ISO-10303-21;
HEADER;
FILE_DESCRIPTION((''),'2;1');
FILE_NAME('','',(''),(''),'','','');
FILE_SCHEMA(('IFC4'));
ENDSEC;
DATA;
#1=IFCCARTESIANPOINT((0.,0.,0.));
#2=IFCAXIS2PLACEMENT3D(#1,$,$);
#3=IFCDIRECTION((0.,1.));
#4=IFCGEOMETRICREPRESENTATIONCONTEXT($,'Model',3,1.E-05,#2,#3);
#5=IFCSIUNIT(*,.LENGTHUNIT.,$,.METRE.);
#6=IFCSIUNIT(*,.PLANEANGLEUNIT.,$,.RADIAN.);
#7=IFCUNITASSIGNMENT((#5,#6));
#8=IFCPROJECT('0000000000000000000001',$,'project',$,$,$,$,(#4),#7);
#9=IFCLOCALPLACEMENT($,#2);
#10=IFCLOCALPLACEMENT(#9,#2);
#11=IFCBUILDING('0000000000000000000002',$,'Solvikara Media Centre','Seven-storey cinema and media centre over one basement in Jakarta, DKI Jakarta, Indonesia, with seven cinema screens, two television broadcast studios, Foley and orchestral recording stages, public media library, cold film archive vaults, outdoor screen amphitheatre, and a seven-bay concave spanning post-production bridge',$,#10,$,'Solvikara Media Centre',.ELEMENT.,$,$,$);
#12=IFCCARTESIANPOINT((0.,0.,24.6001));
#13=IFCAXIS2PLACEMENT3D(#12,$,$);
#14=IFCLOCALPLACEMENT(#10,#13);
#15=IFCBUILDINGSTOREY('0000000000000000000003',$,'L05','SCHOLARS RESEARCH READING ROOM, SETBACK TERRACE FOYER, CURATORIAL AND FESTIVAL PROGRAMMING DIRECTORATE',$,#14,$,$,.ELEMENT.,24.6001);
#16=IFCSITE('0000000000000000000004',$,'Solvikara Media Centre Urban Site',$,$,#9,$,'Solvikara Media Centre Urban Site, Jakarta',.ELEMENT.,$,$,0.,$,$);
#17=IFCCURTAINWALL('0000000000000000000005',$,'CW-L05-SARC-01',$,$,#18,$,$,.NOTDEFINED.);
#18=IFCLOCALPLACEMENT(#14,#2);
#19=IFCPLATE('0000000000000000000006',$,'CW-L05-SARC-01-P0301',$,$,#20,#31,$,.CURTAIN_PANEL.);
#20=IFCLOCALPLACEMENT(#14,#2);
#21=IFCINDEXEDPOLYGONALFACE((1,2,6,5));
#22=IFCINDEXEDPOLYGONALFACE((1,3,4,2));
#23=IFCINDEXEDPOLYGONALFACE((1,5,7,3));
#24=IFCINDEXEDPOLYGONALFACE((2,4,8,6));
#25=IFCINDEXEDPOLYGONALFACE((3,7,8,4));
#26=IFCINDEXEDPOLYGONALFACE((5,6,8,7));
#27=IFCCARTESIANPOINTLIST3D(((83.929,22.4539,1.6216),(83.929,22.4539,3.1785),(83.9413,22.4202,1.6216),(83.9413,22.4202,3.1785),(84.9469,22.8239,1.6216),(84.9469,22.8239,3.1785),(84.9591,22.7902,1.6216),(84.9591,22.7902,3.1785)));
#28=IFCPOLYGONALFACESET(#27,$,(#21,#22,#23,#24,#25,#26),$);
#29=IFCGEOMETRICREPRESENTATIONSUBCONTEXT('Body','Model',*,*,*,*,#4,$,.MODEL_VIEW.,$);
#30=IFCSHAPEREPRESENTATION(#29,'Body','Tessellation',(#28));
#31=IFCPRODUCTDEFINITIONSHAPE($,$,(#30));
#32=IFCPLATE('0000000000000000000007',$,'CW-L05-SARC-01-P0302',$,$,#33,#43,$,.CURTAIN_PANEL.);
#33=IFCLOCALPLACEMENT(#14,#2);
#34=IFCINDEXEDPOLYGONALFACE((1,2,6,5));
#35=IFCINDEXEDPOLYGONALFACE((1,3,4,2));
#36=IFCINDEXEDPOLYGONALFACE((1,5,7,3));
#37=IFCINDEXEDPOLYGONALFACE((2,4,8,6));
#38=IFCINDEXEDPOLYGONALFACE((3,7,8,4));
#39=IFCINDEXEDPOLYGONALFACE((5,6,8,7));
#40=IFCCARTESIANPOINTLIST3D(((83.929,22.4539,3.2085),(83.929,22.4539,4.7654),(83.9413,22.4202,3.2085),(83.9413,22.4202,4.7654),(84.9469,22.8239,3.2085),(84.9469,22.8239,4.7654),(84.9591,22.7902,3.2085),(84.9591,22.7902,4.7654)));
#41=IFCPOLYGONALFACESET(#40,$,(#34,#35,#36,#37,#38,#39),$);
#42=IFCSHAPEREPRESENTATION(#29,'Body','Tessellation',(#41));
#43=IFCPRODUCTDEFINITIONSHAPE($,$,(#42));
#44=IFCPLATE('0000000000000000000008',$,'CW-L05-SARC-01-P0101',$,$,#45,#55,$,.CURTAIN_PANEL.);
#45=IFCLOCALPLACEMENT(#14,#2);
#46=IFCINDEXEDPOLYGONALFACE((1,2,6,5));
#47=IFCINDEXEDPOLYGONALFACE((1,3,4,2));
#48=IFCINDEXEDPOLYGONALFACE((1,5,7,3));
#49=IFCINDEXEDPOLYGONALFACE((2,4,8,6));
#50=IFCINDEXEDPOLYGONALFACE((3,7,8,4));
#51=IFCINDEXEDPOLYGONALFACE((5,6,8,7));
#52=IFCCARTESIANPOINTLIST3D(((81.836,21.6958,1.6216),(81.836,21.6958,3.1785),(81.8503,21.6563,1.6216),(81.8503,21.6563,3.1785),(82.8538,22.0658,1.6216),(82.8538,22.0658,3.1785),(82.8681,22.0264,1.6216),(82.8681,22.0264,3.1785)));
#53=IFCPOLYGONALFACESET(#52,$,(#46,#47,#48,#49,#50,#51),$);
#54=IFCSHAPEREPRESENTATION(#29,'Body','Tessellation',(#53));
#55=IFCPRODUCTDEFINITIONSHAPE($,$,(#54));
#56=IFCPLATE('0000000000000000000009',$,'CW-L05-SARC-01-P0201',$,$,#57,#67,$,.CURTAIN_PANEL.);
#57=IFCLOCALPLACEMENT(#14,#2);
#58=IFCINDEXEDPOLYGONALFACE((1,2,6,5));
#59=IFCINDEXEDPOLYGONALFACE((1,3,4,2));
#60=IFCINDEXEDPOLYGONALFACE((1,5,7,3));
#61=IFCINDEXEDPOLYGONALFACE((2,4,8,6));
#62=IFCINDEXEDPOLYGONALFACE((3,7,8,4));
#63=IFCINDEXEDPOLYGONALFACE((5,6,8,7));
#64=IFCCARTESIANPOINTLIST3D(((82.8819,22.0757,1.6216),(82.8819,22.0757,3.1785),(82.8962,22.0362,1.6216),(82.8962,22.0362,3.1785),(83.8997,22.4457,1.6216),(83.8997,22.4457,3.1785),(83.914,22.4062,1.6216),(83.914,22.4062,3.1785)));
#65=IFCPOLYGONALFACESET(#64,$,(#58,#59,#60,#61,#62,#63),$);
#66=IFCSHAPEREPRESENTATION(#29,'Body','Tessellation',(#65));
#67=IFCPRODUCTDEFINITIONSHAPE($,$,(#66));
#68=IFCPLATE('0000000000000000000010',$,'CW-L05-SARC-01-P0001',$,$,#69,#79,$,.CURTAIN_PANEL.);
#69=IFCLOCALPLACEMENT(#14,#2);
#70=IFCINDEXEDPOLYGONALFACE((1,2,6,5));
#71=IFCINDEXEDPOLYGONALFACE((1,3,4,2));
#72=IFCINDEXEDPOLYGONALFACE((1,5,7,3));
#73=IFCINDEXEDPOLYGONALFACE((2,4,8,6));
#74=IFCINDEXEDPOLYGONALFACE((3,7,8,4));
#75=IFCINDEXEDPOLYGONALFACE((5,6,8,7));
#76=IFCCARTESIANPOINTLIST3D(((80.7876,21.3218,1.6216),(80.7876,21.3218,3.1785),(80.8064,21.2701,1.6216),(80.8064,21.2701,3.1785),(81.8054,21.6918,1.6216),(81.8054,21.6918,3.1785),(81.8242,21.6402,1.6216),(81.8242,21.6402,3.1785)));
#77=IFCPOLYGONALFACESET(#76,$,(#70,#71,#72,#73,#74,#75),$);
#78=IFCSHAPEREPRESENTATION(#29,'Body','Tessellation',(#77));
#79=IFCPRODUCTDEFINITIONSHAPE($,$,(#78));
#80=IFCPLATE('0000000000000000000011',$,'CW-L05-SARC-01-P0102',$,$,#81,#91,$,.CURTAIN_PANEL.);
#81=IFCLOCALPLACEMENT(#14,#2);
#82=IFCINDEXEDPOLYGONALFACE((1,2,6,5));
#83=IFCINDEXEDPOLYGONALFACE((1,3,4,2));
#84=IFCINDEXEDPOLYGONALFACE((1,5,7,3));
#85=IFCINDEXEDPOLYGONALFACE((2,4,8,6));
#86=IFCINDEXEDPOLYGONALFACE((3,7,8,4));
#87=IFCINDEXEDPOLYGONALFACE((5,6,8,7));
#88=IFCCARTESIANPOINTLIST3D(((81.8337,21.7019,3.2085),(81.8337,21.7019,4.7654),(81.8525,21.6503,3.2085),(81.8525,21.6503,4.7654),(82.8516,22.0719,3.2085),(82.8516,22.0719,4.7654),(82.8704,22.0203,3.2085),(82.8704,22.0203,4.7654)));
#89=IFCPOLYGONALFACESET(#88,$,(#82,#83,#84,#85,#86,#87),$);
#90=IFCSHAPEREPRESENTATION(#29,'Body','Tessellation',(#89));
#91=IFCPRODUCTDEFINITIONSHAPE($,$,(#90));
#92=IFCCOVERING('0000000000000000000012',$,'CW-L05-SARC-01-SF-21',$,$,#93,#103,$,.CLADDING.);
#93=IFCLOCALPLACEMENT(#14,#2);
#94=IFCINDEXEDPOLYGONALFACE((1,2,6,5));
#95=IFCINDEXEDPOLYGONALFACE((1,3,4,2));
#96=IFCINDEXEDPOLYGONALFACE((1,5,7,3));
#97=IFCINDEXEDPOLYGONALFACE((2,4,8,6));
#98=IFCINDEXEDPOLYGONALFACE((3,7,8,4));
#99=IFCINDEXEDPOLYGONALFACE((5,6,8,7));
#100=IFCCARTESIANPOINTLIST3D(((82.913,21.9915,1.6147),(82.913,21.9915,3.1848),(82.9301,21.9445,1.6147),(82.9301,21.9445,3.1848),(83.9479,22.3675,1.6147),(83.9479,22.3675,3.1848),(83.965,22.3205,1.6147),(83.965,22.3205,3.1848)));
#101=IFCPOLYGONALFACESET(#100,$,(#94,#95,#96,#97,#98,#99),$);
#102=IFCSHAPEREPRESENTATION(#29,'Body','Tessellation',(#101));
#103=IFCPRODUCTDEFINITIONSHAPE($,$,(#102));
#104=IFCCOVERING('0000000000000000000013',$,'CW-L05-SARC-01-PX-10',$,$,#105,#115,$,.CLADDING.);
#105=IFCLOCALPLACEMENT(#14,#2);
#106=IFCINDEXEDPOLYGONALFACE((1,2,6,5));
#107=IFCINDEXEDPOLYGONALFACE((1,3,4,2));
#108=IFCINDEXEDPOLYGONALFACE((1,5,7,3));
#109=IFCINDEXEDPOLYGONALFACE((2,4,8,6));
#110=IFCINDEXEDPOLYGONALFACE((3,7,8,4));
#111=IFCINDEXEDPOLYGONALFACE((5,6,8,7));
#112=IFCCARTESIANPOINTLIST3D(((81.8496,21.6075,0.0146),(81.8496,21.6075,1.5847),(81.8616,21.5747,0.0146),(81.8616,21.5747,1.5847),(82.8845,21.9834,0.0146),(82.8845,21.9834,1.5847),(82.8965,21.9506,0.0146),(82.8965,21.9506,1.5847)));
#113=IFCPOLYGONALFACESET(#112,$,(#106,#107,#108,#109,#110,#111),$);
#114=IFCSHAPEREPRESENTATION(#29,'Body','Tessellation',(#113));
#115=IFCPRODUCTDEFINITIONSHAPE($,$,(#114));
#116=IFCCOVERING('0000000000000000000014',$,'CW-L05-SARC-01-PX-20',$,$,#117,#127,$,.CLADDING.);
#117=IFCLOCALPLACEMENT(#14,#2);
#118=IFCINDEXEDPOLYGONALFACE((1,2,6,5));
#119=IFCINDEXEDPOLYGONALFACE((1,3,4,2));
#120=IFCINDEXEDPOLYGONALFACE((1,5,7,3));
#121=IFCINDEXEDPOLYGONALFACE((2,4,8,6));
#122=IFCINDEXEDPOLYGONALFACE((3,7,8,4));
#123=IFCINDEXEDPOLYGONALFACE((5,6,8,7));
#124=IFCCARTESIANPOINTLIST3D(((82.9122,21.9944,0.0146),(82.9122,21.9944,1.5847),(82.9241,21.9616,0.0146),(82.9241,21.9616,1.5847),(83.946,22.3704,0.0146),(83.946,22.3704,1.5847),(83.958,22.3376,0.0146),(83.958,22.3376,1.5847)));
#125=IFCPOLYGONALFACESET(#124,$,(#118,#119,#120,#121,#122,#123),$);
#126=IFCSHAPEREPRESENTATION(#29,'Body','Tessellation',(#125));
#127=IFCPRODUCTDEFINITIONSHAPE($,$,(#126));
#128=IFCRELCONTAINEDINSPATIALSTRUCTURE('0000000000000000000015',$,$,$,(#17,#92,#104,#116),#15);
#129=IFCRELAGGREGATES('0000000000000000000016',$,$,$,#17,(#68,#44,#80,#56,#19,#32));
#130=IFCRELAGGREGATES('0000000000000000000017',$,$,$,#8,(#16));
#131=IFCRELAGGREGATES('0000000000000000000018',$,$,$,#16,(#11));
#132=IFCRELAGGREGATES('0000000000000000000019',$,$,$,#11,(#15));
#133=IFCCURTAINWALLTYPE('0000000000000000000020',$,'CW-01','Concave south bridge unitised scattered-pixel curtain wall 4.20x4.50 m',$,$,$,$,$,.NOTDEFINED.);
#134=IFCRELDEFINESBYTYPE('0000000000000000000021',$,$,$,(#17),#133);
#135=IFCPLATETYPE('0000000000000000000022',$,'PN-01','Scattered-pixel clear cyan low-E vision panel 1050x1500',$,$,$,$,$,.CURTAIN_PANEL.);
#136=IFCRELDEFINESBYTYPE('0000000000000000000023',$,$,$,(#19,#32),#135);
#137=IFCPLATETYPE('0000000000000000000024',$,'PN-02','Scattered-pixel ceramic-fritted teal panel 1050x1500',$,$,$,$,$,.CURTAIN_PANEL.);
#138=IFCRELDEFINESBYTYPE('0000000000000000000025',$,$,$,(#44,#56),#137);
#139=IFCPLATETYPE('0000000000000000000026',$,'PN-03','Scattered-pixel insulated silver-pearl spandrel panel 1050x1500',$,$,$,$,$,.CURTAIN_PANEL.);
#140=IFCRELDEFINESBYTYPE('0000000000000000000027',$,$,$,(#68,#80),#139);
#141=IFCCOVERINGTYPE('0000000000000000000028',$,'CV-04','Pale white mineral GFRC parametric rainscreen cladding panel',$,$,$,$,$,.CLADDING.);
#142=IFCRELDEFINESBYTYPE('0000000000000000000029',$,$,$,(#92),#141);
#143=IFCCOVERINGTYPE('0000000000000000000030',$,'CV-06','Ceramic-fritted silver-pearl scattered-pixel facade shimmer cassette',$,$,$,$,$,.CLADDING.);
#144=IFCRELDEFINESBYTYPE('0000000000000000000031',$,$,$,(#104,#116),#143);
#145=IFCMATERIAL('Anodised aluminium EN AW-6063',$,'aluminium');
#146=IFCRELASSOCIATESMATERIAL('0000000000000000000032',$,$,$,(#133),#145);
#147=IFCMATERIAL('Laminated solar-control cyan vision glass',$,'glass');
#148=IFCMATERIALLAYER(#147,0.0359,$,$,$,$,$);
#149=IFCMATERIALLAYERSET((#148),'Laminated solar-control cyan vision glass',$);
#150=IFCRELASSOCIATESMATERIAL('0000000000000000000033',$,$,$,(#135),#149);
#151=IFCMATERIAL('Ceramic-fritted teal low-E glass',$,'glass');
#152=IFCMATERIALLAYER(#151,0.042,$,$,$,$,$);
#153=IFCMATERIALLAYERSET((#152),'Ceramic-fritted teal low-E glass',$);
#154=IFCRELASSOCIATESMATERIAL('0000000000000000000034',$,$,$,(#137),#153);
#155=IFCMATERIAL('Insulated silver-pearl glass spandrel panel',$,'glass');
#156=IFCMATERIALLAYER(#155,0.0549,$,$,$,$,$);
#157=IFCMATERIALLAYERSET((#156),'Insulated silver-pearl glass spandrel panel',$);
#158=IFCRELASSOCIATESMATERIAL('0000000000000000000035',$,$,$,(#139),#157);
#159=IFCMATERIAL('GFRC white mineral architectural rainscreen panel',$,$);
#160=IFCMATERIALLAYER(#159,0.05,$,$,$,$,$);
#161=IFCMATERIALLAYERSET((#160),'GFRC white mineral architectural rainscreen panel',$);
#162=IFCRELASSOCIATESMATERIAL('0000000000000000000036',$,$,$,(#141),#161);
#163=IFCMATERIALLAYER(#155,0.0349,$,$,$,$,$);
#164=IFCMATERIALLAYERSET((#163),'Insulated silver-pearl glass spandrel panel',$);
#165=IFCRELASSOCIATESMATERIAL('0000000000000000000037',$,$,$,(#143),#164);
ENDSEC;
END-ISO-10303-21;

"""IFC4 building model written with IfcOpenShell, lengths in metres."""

from ifc_helpers import new_model, si_unit, direction, frame, origin, origin_2d, place, context, subcontext, project, spatial, rectangle, extrude, material, layer, layer_set, type_object, element, aggregate, save


model = new_model("IFC4")

# Units and contexts
model_context = context("Model", 3, precision=1e-05, world=origin(), true_north=direction((0.0, 1.0)))
body_context = subcontext(model_context, "Body", "Model", "MODEL_VIEW")
ifc_project = project(units=[si_unit("LENGTHUNIT", "METRE"), si_unit("PLANEANGLEUNIT", "RADIAN")], contexts=[model_context])

# Site, building, storey
site_placement = place(None, origin())
site = spatial("IfcSite", under=ifc_project, at=site_placement, Name="Solvikara Media Centre Urban Site", LongName="Solvikara Media Centre Urban Site, Jakarta", CompositionType="ELEMENT", RefElevation=0.0)
building_placement = place(site_placement, origin())
building = spatial("IfcBuilding", under=site, at=building_placement, Name="Solvikara Media Centre", Description="Seven-storey cinema and media centre over one basement in Jakarta, DKI Jakarta, Indonesia, with seven cinema screens, two television broadcast studios, Foley and orchestral recording stages, public media library, cold film archive vaults, outdoor screen amphitheatre, and a seven-bay concave spanning post-production bridge", LongName="Solvikara Media Centre", CompositionType="ELEMENT")
storey_placement = place(building_placement, frame((0.0, 0.0, 24.6001)))
storey = spatial("IfcBuildingStorey", under=building, at=storey_placement, Name="L05", Description="SCHOLARS RESEARCH READING ROOM, SETBACK TERRACE FOYER, CURATORIAL AND FESTIVAL PROGRAMMING DIRECTORATE", CompositionType="ELEMENT", Elevation=24.6001)

# Curtain wall, plates
ifc_material_1 = material(Name="Anodised aluminium EN AW-6063", Category="aluminium")
curtain_wall_type = type_object("IfcCurtainWallType", Name="CW-01", Description="Concave south bridge unitised scattered-pixel curtain wall 4.20x4.50 m", PredefinedType="NOTDEFINED", material=ifc_material_1)
curtain_wall_placement = place(storey_placement, origin())
curtain_wall = element("IfcCurtainWall", 1, at=curtain_wall_placement, inside=storey, type_object=curtain_wall_type, Name="CW-L05-SARC-01", PredefinedType="NOTDEFINED")
ifc_material_2 = material(Name="Laminated solar-control cyan vision glass", Category="glass")
ifc_layer_1 = layer(ifc_material_2, 0.0359)
ifc_layer_set_1 = layer_set([ifc_layer_1], Name="Laminated solar-control cyan vision glass")
plate_type_1 = type_object("IfcPlateType", Name="PN-01", Description="Scattered-pixel clear cyan low-E vision panel 1050x1500", PredefinedType="CURTAIN_PANEL", material=ifc_layer_set_1)
plate_1_placement = place(storey_placement, frame((84.4441, 22.6221, 1.6216), z_axis=(0.0, 0.0, 1.0), x_axis=(0.939824, 0.341659, 0.0)))
plate_1 = element("IfcPlate", 2, at=plate_1_placement, type_object=plate_type_1, Name="CW-L05-SARC-01-P0301", PredefinedType="CURTAIN_PANEL", context=body_context, shape_type="SweptSolid", body=[
    extrude(rectangle(XDim=1.083, YDim=0.0359, at=origin_2d()), origin(), (0.0, 0.0, 1.0), 1.5569),
])
plate_2_placement = place(storey_placement, frame((84.4441, 22.6221, 3.2085), z_axis=(0.0, 0.0, 1.0), x_axis=(0.939824, 0.341659, 0.0)))
plate_2 = element("IfcPlate", 3, at=plate_2_placement, type_object=plate_type_1, Name="CW-L05-SARC-01-P0302", PredefinedType="CURTAIN_PANEL", context=body_context, shape_type="SweptSolid", body=[
    extrude(rectangle(XDim=1.083, YDim=0.0359, at=origin_2d()), origin(), (0.0, 0.0, 1.0), 1.5569),
])
ifc_material_3 = material(Name="Ceramic-fritted teal low-E glass", Category="glass")
ifc_layer_2 = layer(ifc_material_3, 0.042)
ifc_layer_set_2 = layer_set([ifc_layer_2], Name="Ceramic-fritted teal low-E glass")
plate_type_2 = type_object("IfcPlateType", Name="PN-02", Description="Scattered-pixel ceramic-fritted teal panel 1050x1500", PredefinedType="CURTAIN_PANEL", material=ifc_layer_set_2)
plate_3_placement = place(storey_placement, frame((82.3521, 21.8611, 1.6216), z_axis=(0.0, 0.0, 1.0), x_axis=(0.939824, 0.341659, 0.0)))
plate_3 = element("IfcPlate", 4, at=plate_3_placement, type_object=plate_type_2, Name="CW-L05-SARC-01-P0101", PredefinedType="CURTAIN_PANEL", context=body_context, shape_type="SweptSolid", body=[
    extrude(rectangle(XDim=1.083, YDim=0.042, at=origin_2d()), origin(), (0.0, 0.0, 1.0), 1.5569),
])
plate_4_placement = place(storey_placement, frame((83.3979, 22.241, 1.6216), z_axis=(0.0, 0.0, 1.0), x_axis=(0.939824, 0.341659, 0.0)))
plate_4 = element("IfcPlate", 5, at=plate_4_placement, type_object=plate_type_2, Name="CW-L05-SARC-01-P0201", PredefinedType="CURTAIN_PANEL", context=body_context, shape_type="SweptSolid", body=[
    extrude(rectangle(XDim=1.083, YDim=0.042, at=origin_2d()), origin(), (0.0, 0.0, 1.0), 1.5569),
])
ifc_material_4 = material(Name="Insulated silver-pearl glass spandrel panel", Category="glass")
ifc_layer_3 = layer(ifc_material_4, 0.0549)
ifc_layer_set_3 = layer_set([ifc_layer_3], Name="Insulated silver-pearl glass spandrel panel")
plate_type_3 = type_object("IfcPlateType", Name="PN-03", Description="Scattered-pixel insulated silver-pearl spandrel panel 1050x1500", PredefinedType="CURTAIN_PANEL", material=ifc_layer_set_3)
plate_5_placement = place(storey_placement, frame((81.3059, 21.481, 1.6216), z_axis=(0.0, 0.0, 1.0), x_axis=(0.939824, 0.341659, 0.0)))
plate_5 = element("IfcPlate", 6, at=plate_5_placement, type_object=plate_type_3, Name="CW-L05-SARC-01-P0001", PredefinedType="CURTAIN_PANEL", context=body_context, shape_type="SweptSolid", body=[
    extrude(rectangle(XDim=1.083, YDim=0.0549, at=origin_2d()), origin(), (0.0, 0.0, 1.0), 1.5569),
])
plate_6_placement = place(storey_placement, frame((82.3521, 21.8611, 3.2085), z_axis=(0.0, 0.0, 1.0), x_axis=(0.939824, 0.341659, 0.0)))
plate_6 = element("IfcPlate", 7, at=plate_6_placement, type_object=plate_type_3, Name="CW-L05-SARC-01-P0102", PredefinedType="CURTAIN_PANEL", context=body_context, shape_type="SweptSolid", body=[
    extrude(rectangle(XDim=1.083, YDim=0.0549, at=origin_2d()), origin(), (0.0, 0.0, 1.0), 1.5569),
])
aggregate(curtain_wall, [plate_5, plate_3, plate_6, plate_4, plate_1, plate_2])

# Coverings
ifc_material_5 = material(Name="GFRC white mineral architectural rainscreen panel")
ifc_layer_4 = layer(ifc_material_5, 0.05)
ifc_layer_set_4 = layer_set([ifc_layer_4], Name="GFRC white mineral architectural rainscreen panel")
covering_type_1 = type_object("IfcCoveringType", Name="CV-04", Description="Pale white mineral GFRC parametric rainscreen cladding panel", PredefinedType="CLADDING", material=ifc_layer_set_4)
covering_1_placement = place(storey_placement, frame((83.439, 22.156, 1.6147), z_axis=(0.0, 0.0, 1.0), x_axis=(0.939901, 0.341446, 0.0)))
element("IfcCovering", 8, at=covering_1_placement, inside=storey, type_object=covering_type_1, Name="CW-L05-SARC-01-SF-21", PredefinedType="CLADDING", context=body_context, shape_type="SweptSolid", body=[
    extrude(rectangle(XDim=1.1011, YDim=0.05, at=origin_2d()), origin(), (0.0, 0.0, 1.0), 1.5701),
])
ifc_layer_5 = layer(ifc_material_4, 0.0349)
ifc_layer_set_5 = layer_set([ifc_layer_5], Name="Insulated silver-pearl glass spandrel panel")
covering_type_2 = type_object("IfcCoveringType", Name="CV-06", Description="Ceramic-fritted silver-pearl scattered-pixel facade shimmer cassette", PredefinedType="CLADDING", material=ifc_layer_set_5)
covering_2_placement = place(storey_placement, frame((82.373, 21.7791, 0.0146), z_axis=(0.0, 0.0, 1.0), x_axis=(0.939901, 0.341446, 0.0)))
element("IfcCovering", 9, at=covering_2_placement, inside=storey, type_object=covering_type_2, Name="CW-L05-SARC-01-PX-10", PredefinedType="CLADDING", context=body_context, shape_type="SweptSolid", body=[
    extrude(rectangle(XDim=1.1011, YDim=0.0349, at=origin_2d()), origin(), (0.0, 0.0, 1.0), 1.5701),
])
covering_3_placement = place(storey_placement, frame((83.4351, 22.166, 0.0146), z_axis=(0.0, 0.0, 1.0), x_axis=(0.939794, 0.341741, 0.0)))
element("IfcCovering", 10, at=covering_3_placement, inside=storey, type_object=covering_type_2, Name="CW-L05-SARC-01-PX-20", PredefinedType="CLADDING", context=body_context, shape_type="SweptSolid", body=[
    extrude(rectangle(XDim=1.1001, YDim=0.0349, at=origin_2d()), origin(), (0.0, 0.0, 1.0), 1.5701),
])

save(model, "model.ifc")
